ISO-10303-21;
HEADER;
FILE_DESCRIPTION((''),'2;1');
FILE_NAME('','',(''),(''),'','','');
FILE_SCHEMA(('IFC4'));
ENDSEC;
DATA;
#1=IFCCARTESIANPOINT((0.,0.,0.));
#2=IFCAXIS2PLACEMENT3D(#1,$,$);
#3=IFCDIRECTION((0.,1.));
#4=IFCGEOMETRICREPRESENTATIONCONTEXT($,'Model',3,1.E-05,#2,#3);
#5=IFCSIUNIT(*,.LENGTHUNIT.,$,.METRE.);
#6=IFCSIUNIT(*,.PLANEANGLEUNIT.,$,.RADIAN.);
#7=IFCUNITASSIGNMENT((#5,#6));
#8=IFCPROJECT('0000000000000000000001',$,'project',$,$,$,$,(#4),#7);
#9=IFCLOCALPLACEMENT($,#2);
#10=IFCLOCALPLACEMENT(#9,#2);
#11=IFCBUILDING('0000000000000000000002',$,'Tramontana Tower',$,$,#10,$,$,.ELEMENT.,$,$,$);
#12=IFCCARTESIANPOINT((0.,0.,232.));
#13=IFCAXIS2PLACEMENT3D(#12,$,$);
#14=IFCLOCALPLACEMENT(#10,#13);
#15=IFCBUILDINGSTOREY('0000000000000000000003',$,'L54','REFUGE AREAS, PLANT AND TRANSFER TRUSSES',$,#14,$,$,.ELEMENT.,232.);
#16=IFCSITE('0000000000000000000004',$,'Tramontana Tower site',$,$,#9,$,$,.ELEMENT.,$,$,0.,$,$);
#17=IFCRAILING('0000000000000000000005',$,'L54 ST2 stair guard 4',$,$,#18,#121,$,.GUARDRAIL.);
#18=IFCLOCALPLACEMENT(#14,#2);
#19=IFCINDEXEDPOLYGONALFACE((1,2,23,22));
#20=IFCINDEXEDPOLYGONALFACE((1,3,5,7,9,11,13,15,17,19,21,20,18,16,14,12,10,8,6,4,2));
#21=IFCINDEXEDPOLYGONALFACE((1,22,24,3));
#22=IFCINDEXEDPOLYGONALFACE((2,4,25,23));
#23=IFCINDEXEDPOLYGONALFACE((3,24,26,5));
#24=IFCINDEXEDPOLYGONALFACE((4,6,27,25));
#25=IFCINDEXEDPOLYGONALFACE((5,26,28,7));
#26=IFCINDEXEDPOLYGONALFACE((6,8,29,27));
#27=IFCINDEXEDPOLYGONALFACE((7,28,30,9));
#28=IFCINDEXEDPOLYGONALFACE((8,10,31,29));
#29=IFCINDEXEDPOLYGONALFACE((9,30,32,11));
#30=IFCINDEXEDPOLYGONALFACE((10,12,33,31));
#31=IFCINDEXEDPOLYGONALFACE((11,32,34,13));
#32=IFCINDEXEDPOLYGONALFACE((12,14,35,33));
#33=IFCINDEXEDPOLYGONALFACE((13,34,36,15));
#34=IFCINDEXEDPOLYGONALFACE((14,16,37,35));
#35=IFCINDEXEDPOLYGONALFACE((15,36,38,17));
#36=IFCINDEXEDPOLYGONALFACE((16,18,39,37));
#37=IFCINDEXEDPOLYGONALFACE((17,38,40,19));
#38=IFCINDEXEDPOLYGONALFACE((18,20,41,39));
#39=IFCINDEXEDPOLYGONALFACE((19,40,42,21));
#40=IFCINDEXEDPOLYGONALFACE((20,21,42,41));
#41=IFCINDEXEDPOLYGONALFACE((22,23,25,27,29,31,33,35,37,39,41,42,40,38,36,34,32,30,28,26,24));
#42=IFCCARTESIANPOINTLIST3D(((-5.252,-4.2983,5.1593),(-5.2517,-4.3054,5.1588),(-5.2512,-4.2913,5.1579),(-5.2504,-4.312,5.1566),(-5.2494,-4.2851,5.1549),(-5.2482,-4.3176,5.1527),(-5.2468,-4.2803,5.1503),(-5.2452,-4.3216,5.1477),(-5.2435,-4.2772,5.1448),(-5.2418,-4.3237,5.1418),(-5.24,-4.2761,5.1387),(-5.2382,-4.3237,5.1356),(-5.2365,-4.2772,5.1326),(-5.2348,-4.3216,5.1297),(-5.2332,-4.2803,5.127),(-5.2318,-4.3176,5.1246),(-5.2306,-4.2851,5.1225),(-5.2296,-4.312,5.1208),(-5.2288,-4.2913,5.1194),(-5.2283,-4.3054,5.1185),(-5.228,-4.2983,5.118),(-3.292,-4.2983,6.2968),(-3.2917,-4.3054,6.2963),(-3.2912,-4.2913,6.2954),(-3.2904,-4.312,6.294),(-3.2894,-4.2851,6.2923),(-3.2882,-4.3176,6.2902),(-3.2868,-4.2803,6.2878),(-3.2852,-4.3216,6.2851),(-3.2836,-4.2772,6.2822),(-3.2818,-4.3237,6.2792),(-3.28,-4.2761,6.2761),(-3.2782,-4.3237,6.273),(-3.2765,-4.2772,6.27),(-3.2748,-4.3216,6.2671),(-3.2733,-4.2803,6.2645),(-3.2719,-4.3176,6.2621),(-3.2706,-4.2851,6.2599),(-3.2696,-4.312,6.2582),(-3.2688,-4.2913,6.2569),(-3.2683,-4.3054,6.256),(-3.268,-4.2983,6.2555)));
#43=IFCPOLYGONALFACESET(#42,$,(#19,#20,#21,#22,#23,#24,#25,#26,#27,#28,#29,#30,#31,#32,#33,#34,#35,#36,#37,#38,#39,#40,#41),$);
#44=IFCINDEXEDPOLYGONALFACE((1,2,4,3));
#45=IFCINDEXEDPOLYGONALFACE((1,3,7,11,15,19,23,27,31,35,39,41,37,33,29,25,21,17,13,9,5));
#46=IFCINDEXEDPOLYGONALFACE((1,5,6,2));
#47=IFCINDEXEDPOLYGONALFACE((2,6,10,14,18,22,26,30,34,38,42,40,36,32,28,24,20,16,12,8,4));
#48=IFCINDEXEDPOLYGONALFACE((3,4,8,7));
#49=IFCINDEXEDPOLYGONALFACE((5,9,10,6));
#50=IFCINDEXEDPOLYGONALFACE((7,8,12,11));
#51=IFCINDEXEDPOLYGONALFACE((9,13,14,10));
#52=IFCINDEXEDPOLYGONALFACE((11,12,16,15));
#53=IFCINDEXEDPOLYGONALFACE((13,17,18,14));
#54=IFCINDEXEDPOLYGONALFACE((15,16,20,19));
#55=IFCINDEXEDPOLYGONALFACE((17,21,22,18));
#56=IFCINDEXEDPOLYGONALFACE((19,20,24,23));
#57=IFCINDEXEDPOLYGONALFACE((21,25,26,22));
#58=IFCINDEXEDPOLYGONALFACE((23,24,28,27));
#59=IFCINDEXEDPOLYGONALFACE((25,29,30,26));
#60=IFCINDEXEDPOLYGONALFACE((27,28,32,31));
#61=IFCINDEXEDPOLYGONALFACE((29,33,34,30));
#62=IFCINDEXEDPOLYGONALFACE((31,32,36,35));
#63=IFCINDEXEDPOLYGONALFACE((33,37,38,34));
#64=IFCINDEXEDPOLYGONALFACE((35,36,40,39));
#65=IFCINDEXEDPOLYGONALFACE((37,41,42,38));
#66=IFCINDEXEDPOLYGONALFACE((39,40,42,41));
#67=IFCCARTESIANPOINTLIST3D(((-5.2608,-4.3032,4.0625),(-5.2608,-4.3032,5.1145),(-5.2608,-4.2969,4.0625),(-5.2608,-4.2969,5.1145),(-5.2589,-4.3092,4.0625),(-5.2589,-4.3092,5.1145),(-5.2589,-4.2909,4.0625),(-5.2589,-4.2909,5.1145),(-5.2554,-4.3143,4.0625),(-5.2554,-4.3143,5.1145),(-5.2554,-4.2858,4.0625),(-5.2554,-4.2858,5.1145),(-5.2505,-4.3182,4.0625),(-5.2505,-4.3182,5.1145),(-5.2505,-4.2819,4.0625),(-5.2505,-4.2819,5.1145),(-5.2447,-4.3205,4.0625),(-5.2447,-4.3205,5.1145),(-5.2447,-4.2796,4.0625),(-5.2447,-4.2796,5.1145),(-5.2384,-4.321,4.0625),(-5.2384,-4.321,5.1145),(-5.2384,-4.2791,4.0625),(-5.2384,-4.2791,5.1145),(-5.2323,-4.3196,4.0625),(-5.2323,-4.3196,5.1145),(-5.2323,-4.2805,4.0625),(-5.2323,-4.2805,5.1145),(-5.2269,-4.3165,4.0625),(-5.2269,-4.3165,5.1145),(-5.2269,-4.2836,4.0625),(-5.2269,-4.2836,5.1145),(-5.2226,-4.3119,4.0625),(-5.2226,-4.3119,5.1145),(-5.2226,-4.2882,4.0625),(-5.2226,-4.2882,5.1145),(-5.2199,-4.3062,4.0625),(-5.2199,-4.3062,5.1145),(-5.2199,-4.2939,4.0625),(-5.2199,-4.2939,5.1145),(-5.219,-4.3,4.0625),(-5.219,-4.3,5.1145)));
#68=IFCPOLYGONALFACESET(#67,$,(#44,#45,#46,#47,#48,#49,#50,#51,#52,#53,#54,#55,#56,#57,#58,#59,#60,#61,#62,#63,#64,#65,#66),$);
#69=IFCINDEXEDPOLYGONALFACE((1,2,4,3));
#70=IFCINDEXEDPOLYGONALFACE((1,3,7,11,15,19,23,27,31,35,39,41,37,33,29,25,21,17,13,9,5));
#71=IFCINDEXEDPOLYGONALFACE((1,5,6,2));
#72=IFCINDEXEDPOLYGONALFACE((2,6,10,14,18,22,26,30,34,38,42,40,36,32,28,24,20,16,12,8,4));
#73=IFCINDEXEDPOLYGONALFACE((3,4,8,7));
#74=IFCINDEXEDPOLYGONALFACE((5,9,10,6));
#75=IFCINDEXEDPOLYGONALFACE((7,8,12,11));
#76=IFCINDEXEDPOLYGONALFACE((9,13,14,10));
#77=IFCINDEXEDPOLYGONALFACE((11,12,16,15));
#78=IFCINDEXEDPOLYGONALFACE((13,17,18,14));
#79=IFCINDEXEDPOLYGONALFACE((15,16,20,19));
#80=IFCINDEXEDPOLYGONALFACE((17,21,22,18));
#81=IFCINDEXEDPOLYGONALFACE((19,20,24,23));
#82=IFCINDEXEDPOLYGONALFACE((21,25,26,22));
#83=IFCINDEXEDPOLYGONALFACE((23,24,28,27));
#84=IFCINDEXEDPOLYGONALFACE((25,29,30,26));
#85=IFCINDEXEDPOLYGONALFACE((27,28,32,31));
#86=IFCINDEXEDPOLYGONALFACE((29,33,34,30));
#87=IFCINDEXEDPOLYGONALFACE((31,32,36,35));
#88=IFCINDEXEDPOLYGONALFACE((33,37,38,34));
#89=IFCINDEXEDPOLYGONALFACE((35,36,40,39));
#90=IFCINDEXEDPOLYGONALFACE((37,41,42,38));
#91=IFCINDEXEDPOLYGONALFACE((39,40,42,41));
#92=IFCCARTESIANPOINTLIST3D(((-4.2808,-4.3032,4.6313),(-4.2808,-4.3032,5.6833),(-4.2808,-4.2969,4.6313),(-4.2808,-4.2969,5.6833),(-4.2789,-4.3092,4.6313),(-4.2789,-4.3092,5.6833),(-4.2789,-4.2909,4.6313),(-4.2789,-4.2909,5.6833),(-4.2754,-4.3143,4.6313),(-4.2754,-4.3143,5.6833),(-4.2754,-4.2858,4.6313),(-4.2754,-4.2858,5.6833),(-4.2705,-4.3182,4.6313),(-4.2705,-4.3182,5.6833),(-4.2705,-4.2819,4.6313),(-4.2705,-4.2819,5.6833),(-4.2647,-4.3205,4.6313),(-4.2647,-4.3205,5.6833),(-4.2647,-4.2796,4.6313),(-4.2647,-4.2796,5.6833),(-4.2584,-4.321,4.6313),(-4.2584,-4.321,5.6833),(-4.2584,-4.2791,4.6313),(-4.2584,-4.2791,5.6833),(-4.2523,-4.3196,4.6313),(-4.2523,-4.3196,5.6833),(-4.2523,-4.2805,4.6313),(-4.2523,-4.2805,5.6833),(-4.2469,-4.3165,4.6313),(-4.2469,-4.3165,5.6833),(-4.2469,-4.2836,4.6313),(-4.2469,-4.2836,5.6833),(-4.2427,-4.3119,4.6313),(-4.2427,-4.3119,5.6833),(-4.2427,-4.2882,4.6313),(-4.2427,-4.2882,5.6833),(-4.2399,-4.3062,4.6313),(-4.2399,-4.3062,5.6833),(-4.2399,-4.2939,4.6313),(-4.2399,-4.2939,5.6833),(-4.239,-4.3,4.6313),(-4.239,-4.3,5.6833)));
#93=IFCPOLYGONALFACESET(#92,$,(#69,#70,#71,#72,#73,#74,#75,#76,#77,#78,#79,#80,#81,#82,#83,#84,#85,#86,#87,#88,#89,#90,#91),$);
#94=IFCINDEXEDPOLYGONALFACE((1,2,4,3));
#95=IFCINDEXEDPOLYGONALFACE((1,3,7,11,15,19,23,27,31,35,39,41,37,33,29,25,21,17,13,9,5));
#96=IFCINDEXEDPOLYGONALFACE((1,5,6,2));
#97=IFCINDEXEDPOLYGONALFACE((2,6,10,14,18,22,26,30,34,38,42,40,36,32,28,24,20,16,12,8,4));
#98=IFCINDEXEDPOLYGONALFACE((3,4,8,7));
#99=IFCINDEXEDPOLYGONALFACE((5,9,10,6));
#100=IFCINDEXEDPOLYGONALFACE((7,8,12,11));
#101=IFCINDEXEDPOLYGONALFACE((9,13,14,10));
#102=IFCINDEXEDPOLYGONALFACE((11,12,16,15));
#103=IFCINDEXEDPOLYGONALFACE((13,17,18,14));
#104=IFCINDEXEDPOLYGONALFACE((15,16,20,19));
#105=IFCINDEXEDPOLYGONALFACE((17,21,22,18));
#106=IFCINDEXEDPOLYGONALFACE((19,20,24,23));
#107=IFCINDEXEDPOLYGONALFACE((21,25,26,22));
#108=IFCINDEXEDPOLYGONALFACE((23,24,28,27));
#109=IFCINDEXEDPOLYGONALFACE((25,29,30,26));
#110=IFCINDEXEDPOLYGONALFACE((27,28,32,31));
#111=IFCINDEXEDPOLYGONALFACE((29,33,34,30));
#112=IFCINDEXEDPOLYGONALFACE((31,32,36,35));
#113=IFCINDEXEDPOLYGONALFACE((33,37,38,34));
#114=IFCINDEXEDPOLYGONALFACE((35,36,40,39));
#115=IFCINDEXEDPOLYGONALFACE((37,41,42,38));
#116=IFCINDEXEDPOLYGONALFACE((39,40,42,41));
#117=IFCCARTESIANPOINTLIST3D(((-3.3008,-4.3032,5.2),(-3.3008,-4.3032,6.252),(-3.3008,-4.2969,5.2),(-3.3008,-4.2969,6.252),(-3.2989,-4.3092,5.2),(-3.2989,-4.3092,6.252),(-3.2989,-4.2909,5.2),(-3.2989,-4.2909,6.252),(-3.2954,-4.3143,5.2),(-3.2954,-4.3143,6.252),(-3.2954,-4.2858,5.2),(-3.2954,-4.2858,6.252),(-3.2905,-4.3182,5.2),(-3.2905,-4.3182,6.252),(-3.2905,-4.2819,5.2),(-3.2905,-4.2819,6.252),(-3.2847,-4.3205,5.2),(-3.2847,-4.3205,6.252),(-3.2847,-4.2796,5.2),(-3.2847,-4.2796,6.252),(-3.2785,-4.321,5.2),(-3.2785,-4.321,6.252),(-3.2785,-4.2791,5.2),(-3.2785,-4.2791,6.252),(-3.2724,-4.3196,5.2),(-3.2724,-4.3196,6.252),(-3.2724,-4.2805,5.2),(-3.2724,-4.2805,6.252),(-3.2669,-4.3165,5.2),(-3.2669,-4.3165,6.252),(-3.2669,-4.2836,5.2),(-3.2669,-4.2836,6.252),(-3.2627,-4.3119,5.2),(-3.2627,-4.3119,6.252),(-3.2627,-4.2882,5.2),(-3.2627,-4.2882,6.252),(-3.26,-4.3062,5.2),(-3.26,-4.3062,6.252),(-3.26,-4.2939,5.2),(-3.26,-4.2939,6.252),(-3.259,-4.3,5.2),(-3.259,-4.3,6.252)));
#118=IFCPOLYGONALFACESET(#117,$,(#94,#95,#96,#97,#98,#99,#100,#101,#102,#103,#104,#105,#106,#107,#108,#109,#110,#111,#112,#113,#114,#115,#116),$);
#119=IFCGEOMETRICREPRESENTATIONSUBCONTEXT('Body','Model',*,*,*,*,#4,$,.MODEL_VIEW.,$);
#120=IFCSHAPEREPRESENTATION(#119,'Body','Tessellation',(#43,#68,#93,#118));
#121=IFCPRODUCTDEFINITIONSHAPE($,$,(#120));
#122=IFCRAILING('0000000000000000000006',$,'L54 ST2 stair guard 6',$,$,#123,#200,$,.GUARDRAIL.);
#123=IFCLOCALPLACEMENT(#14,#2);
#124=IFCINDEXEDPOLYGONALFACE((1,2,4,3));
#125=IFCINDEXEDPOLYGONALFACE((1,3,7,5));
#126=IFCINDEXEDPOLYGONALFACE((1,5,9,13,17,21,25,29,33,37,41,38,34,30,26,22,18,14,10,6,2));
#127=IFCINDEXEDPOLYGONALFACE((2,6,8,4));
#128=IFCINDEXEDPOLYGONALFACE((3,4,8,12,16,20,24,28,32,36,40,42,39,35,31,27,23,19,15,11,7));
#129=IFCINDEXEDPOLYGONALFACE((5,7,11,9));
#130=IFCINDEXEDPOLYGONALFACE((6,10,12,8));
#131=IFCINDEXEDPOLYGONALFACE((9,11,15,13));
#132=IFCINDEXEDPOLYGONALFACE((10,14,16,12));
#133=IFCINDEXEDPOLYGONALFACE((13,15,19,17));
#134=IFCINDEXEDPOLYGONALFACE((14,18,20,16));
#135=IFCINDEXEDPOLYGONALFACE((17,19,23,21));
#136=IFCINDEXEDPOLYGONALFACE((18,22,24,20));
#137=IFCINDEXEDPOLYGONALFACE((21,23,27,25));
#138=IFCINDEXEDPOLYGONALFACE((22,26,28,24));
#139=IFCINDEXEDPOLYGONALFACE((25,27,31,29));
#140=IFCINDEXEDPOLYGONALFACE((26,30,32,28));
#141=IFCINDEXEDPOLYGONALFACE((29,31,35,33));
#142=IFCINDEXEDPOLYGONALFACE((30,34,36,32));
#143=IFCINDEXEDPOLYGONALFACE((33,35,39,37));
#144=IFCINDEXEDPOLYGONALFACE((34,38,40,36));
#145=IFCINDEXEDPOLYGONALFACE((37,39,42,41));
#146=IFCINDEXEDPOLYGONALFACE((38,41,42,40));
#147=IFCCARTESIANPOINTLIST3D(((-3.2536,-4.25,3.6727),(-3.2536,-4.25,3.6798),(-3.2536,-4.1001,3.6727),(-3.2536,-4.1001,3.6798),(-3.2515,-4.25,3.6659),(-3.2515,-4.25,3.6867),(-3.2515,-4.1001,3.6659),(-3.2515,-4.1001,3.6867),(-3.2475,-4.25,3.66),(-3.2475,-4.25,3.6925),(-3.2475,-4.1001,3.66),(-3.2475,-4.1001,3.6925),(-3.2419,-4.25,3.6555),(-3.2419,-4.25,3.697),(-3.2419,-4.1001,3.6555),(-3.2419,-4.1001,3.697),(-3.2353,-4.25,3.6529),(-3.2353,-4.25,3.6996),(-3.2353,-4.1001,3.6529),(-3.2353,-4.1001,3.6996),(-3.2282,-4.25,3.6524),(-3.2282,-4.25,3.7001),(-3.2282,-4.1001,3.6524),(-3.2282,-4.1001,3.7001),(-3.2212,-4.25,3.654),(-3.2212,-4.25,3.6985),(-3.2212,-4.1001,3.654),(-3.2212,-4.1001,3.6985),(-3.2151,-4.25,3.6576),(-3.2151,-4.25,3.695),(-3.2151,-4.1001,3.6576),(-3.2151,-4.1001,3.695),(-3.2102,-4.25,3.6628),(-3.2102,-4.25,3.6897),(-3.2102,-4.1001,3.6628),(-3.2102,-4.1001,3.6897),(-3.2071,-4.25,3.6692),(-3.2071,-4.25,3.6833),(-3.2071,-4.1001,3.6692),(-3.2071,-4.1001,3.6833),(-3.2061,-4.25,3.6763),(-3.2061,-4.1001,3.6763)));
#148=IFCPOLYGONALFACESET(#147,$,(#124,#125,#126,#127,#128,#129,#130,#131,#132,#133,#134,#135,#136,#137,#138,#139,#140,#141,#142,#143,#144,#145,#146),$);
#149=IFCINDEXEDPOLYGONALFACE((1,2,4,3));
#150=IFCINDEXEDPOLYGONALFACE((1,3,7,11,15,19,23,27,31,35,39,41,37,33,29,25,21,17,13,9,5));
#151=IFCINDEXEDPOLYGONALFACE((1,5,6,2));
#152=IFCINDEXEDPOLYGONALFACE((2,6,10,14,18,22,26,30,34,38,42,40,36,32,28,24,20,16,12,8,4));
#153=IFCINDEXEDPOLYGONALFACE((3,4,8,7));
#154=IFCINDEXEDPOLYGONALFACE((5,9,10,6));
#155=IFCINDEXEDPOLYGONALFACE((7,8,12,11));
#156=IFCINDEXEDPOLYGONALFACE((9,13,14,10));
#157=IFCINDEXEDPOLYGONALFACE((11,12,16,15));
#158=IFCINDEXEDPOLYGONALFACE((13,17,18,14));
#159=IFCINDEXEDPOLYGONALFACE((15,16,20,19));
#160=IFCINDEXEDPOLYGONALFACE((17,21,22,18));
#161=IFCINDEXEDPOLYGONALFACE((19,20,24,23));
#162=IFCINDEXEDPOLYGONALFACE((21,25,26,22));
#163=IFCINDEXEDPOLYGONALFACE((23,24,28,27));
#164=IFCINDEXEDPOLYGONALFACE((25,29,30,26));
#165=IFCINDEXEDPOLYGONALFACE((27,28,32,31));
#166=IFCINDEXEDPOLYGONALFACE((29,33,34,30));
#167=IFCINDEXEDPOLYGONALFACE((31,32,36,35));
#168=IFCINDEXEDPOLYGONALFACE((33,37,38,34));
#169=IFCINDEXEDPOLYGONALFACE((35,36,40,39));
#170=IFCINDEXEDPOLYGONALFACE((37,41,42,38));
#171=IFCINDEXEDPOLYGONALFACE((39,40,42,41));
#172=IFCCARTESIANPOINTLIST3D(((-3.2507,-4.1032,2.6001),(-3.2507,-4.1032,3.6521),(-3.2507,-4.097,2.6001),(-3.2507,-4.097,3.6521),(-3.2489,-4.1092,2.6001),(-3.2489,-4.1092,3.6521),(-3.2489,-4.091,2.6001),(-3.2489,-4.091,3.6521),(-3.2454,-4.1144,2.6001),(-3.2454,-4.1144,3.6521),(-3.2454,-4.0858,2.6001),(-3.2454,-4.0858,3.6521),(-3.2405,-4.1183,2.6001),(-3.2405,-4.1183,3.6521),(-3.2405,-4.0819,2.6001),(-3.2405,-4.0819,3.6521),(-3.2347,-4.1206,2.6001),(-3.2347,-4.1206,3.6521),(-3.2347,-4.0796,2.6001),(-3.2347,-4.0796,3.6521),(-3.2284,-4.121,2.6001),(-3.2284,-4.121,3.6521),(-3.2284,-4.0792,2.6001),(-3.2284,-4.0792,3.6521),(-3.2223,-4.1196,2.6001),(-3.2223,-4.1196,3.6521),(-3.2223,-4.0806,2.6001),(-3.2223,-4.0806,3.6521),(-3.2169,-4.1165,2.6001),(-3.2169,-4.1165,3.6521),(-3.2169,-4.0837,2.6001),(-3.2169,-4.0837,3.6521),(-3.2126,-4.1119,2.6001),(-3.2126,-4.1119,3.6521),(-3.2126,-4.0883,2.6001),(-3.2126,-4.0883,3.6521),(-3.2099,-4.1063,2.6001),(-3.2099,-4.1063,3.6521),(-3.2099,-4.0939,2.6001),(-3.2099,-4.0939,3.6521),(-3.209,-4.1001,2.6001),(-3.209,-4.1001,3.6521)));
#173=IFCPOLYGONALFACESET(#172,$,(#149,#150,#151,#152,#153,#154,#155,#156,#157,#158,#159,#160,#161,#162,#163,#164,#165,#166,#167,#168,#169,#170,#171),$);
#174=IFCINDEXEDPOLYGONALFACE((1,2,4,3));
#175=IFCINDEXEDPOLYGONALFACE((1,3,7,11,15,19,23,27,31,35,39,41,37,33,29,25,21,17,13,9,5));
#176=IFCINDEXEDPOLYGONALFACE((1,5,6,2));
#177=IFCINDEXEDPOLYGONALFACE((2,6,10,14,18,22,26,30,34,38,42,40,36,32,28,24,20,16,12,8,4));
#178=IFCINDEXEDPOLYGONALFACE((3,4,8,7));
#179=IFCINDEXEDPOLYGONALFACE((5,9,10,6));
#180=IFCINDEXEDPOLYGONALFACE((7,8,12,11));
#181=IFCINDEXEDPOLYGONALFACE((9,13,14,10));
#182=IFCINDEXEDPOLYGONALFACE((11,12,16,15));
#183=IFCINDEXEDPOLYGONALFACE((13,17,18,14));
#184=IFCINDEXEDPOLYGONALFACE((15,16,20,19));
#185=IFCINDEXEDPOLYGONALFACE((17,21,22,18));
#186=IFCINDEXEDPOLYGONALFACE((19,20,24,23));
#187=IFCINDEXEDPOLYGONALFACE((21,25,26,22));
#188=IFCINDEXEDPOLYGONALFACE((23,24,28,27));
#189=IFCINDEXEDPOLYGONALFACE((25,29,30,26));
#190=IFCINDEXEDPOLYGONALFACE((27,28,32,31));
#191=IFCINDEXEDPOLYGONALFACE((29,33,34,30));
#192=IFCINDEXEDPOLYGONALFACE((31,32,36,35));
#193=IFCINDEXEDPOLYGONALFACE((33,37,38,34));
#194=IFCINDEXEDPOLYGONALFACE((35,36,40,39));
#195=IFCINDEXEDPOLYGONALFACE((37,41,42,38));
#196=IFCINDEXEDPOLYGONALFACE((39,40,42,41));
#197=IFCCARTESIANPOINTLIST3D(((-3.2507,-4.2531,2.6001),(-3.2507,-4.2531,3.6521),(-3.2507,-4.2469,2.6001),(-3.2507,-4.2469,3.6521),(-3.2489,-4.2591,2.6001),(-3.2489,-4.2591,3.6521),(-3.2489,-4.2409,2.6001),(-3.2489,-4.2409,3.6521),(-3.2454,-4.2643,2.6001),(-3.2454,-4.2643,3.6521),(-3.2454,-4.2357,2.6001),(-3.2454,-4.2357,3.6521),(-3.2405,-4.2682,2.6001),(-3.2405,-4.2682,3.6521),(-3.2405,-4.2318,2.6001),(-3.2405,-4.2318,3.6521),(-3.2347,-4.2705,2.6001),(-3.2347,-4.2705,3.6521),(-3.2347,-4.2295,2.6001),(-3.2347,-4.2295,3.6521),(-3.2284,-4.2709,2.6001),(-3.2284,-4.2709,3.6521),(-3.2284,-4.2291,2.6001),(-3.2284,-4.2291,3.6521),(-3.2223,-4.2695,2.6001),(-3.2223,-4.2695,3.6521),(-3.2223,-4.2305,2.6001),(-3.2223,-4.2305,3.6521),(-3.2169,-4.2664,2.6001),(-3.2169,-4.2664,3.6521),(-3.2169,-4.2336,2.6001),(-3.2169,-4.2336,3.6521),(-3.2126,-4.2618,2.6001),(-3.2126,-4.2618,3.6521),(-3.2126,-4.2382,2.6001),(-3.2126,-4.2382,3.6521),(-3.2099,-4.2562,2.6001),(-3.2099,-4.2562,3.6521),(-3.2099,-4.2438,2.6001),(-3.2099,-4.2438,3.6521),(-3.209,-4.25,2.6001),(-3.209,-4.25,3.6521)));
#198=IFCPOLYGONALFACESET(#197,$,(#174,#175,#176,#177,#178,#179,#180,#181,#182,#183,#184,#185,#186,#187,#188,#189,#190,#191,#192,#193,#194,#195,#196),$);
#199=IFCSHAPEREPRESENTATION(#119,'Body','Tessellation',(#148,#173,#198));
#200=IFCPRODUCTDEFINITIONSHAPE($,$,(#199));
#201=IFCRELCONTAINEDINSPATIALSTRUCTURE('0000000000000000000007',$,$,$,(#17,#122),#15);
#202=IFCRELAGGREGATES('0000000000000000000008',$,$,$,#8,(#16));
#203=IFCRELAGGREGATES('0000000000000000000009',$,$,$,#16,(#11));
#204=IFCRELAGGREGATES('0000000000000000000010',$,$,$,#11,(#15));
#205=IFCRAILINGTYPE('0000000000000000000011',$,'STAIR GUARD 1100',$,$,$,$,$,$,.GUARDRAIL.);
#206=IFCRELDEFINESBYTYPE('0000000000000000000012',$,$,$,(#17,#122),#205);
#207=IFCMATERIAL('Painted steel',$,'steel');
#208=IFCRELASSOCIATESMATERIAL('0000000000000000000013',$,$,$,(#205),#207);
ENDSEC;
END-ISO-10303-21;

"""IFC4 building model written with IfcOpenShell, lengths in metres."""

from ifc_helpers import new_model, si_unit, direction, frame, origin, origin_2d, place, context, subcontext, project, spatial, circle, extrude, material, type_object, element, save


model = new_model("IFC4")

# Units and contexts
model_context = context("Model", 3, precision=1e-05, world=origin(), true_north=direction((0.0, 1.0)))
body_context = subcontext(model_context, "Body", "Model", "MODEL_VIEW")
ifc_project = project(units=[si_unit("LENGTHUNIT", "METRE"), si_unit("PLANEANGLEUNIT", "RADIAN")], contexts=[model_context])

# Site, building, storey
site_placement = place(None, origin())
site = spatial("IfcSite", under=ifc_project, at=site_placement, Name="Tramontana Tower site", CompositionType="ELEMENT", RefElevation=0.0)
building_placement = place(site_placement, origin())
building = spatial("IfcBuilding", under=site, at=building_placement, Name="Tramontana Tower", CompositionType="ELEMENT")
storey_placement = place(building_placement, frame((0.0, 0.0, 232.0)))
storey = spatial("IfcBuildingStorey", under=building, at=storey_placement, Name="L54", Description="REFUGE AREAS, PLANT AND TRANSFER TRUSSES", CompositionType="ELEMENT", Elevation=232.0)

# Railings
ifc_material_1 = material(Name="Painted steel", Category="steel")
railing_type_1 = type_object("IfcRailingType", Name="STAIR GUARD 1100", PredefinedType="GUARDRAIL", material=ifc_material_1)
railing_1_placement = place(storey_placement, frame((-5.24, -4.3, 4.0625)))
element("IfcRailing", 1, at=railing_1_placement, inside=storey, type_object=railing_type_1, Name="L54 ST2 stair guard 4", PredefinedType="GUARDRAIL", context=body_context, shape_type="SweptSolid", body=[
    extrude(circle(Radius=0.0239, at=origin_2d()), frame((0.0, 0.0, 1.0762), z_axis=(0.864902, 0.0, 0.501941), x_axis=(0.0, 1.0, 0.0)), (0.0, 0.0, 1.0), 2.2661),
    extrude(circle(Radius=0.021, at=origin_2d()), origin(), (0.0, 0.0, 1.0), 1.052),
    extrude(circle(Radius=0.021, at=origin_2d()), frame((0.98, 0.0, 0.5688)), (0.0, 0.0, 1.0), 1.052),
    extrude(circle(Radius=0.021, at=origin_2d()), frame((1.96, 0.0, 1.1375)), (0.0, 0.0, 1.0), 1.052),
])
for number, where, name in (
    (2, (-3.23, -4.1001, 2.6001), "L54 ST2 stair guard 6"),
):
    element("IfcRailing", number, at=place(storey_placement, frame(where)), inside=storey, type_object=railing_type_1, Name=name, PredefinedType="GUARDRAIL", context=body_context, shape_type="SweptSolid", body=[
        extrude(circle(Radius=0.0239, at=origin_2d()), frame((0.0, 0.0, 1.0762), z_axis=(0.0, -1.0, 0.0), x_axis=(1.0, 0.0, 0.0)), (0.0, 0.0, 1.0), 0.1499),
        extrude(circle(Radius=0.021, at=origin_2d()), origin(), (0.0, 0.0, 1.0), 1.052),
        extrude(circle(Radius=0.021, at=origin_2d()), frame((0.0, -0.1499, 0.0)), (0.0, 0.0, 1.0), 1.052),
    ])

save(model, "model.ifc")
